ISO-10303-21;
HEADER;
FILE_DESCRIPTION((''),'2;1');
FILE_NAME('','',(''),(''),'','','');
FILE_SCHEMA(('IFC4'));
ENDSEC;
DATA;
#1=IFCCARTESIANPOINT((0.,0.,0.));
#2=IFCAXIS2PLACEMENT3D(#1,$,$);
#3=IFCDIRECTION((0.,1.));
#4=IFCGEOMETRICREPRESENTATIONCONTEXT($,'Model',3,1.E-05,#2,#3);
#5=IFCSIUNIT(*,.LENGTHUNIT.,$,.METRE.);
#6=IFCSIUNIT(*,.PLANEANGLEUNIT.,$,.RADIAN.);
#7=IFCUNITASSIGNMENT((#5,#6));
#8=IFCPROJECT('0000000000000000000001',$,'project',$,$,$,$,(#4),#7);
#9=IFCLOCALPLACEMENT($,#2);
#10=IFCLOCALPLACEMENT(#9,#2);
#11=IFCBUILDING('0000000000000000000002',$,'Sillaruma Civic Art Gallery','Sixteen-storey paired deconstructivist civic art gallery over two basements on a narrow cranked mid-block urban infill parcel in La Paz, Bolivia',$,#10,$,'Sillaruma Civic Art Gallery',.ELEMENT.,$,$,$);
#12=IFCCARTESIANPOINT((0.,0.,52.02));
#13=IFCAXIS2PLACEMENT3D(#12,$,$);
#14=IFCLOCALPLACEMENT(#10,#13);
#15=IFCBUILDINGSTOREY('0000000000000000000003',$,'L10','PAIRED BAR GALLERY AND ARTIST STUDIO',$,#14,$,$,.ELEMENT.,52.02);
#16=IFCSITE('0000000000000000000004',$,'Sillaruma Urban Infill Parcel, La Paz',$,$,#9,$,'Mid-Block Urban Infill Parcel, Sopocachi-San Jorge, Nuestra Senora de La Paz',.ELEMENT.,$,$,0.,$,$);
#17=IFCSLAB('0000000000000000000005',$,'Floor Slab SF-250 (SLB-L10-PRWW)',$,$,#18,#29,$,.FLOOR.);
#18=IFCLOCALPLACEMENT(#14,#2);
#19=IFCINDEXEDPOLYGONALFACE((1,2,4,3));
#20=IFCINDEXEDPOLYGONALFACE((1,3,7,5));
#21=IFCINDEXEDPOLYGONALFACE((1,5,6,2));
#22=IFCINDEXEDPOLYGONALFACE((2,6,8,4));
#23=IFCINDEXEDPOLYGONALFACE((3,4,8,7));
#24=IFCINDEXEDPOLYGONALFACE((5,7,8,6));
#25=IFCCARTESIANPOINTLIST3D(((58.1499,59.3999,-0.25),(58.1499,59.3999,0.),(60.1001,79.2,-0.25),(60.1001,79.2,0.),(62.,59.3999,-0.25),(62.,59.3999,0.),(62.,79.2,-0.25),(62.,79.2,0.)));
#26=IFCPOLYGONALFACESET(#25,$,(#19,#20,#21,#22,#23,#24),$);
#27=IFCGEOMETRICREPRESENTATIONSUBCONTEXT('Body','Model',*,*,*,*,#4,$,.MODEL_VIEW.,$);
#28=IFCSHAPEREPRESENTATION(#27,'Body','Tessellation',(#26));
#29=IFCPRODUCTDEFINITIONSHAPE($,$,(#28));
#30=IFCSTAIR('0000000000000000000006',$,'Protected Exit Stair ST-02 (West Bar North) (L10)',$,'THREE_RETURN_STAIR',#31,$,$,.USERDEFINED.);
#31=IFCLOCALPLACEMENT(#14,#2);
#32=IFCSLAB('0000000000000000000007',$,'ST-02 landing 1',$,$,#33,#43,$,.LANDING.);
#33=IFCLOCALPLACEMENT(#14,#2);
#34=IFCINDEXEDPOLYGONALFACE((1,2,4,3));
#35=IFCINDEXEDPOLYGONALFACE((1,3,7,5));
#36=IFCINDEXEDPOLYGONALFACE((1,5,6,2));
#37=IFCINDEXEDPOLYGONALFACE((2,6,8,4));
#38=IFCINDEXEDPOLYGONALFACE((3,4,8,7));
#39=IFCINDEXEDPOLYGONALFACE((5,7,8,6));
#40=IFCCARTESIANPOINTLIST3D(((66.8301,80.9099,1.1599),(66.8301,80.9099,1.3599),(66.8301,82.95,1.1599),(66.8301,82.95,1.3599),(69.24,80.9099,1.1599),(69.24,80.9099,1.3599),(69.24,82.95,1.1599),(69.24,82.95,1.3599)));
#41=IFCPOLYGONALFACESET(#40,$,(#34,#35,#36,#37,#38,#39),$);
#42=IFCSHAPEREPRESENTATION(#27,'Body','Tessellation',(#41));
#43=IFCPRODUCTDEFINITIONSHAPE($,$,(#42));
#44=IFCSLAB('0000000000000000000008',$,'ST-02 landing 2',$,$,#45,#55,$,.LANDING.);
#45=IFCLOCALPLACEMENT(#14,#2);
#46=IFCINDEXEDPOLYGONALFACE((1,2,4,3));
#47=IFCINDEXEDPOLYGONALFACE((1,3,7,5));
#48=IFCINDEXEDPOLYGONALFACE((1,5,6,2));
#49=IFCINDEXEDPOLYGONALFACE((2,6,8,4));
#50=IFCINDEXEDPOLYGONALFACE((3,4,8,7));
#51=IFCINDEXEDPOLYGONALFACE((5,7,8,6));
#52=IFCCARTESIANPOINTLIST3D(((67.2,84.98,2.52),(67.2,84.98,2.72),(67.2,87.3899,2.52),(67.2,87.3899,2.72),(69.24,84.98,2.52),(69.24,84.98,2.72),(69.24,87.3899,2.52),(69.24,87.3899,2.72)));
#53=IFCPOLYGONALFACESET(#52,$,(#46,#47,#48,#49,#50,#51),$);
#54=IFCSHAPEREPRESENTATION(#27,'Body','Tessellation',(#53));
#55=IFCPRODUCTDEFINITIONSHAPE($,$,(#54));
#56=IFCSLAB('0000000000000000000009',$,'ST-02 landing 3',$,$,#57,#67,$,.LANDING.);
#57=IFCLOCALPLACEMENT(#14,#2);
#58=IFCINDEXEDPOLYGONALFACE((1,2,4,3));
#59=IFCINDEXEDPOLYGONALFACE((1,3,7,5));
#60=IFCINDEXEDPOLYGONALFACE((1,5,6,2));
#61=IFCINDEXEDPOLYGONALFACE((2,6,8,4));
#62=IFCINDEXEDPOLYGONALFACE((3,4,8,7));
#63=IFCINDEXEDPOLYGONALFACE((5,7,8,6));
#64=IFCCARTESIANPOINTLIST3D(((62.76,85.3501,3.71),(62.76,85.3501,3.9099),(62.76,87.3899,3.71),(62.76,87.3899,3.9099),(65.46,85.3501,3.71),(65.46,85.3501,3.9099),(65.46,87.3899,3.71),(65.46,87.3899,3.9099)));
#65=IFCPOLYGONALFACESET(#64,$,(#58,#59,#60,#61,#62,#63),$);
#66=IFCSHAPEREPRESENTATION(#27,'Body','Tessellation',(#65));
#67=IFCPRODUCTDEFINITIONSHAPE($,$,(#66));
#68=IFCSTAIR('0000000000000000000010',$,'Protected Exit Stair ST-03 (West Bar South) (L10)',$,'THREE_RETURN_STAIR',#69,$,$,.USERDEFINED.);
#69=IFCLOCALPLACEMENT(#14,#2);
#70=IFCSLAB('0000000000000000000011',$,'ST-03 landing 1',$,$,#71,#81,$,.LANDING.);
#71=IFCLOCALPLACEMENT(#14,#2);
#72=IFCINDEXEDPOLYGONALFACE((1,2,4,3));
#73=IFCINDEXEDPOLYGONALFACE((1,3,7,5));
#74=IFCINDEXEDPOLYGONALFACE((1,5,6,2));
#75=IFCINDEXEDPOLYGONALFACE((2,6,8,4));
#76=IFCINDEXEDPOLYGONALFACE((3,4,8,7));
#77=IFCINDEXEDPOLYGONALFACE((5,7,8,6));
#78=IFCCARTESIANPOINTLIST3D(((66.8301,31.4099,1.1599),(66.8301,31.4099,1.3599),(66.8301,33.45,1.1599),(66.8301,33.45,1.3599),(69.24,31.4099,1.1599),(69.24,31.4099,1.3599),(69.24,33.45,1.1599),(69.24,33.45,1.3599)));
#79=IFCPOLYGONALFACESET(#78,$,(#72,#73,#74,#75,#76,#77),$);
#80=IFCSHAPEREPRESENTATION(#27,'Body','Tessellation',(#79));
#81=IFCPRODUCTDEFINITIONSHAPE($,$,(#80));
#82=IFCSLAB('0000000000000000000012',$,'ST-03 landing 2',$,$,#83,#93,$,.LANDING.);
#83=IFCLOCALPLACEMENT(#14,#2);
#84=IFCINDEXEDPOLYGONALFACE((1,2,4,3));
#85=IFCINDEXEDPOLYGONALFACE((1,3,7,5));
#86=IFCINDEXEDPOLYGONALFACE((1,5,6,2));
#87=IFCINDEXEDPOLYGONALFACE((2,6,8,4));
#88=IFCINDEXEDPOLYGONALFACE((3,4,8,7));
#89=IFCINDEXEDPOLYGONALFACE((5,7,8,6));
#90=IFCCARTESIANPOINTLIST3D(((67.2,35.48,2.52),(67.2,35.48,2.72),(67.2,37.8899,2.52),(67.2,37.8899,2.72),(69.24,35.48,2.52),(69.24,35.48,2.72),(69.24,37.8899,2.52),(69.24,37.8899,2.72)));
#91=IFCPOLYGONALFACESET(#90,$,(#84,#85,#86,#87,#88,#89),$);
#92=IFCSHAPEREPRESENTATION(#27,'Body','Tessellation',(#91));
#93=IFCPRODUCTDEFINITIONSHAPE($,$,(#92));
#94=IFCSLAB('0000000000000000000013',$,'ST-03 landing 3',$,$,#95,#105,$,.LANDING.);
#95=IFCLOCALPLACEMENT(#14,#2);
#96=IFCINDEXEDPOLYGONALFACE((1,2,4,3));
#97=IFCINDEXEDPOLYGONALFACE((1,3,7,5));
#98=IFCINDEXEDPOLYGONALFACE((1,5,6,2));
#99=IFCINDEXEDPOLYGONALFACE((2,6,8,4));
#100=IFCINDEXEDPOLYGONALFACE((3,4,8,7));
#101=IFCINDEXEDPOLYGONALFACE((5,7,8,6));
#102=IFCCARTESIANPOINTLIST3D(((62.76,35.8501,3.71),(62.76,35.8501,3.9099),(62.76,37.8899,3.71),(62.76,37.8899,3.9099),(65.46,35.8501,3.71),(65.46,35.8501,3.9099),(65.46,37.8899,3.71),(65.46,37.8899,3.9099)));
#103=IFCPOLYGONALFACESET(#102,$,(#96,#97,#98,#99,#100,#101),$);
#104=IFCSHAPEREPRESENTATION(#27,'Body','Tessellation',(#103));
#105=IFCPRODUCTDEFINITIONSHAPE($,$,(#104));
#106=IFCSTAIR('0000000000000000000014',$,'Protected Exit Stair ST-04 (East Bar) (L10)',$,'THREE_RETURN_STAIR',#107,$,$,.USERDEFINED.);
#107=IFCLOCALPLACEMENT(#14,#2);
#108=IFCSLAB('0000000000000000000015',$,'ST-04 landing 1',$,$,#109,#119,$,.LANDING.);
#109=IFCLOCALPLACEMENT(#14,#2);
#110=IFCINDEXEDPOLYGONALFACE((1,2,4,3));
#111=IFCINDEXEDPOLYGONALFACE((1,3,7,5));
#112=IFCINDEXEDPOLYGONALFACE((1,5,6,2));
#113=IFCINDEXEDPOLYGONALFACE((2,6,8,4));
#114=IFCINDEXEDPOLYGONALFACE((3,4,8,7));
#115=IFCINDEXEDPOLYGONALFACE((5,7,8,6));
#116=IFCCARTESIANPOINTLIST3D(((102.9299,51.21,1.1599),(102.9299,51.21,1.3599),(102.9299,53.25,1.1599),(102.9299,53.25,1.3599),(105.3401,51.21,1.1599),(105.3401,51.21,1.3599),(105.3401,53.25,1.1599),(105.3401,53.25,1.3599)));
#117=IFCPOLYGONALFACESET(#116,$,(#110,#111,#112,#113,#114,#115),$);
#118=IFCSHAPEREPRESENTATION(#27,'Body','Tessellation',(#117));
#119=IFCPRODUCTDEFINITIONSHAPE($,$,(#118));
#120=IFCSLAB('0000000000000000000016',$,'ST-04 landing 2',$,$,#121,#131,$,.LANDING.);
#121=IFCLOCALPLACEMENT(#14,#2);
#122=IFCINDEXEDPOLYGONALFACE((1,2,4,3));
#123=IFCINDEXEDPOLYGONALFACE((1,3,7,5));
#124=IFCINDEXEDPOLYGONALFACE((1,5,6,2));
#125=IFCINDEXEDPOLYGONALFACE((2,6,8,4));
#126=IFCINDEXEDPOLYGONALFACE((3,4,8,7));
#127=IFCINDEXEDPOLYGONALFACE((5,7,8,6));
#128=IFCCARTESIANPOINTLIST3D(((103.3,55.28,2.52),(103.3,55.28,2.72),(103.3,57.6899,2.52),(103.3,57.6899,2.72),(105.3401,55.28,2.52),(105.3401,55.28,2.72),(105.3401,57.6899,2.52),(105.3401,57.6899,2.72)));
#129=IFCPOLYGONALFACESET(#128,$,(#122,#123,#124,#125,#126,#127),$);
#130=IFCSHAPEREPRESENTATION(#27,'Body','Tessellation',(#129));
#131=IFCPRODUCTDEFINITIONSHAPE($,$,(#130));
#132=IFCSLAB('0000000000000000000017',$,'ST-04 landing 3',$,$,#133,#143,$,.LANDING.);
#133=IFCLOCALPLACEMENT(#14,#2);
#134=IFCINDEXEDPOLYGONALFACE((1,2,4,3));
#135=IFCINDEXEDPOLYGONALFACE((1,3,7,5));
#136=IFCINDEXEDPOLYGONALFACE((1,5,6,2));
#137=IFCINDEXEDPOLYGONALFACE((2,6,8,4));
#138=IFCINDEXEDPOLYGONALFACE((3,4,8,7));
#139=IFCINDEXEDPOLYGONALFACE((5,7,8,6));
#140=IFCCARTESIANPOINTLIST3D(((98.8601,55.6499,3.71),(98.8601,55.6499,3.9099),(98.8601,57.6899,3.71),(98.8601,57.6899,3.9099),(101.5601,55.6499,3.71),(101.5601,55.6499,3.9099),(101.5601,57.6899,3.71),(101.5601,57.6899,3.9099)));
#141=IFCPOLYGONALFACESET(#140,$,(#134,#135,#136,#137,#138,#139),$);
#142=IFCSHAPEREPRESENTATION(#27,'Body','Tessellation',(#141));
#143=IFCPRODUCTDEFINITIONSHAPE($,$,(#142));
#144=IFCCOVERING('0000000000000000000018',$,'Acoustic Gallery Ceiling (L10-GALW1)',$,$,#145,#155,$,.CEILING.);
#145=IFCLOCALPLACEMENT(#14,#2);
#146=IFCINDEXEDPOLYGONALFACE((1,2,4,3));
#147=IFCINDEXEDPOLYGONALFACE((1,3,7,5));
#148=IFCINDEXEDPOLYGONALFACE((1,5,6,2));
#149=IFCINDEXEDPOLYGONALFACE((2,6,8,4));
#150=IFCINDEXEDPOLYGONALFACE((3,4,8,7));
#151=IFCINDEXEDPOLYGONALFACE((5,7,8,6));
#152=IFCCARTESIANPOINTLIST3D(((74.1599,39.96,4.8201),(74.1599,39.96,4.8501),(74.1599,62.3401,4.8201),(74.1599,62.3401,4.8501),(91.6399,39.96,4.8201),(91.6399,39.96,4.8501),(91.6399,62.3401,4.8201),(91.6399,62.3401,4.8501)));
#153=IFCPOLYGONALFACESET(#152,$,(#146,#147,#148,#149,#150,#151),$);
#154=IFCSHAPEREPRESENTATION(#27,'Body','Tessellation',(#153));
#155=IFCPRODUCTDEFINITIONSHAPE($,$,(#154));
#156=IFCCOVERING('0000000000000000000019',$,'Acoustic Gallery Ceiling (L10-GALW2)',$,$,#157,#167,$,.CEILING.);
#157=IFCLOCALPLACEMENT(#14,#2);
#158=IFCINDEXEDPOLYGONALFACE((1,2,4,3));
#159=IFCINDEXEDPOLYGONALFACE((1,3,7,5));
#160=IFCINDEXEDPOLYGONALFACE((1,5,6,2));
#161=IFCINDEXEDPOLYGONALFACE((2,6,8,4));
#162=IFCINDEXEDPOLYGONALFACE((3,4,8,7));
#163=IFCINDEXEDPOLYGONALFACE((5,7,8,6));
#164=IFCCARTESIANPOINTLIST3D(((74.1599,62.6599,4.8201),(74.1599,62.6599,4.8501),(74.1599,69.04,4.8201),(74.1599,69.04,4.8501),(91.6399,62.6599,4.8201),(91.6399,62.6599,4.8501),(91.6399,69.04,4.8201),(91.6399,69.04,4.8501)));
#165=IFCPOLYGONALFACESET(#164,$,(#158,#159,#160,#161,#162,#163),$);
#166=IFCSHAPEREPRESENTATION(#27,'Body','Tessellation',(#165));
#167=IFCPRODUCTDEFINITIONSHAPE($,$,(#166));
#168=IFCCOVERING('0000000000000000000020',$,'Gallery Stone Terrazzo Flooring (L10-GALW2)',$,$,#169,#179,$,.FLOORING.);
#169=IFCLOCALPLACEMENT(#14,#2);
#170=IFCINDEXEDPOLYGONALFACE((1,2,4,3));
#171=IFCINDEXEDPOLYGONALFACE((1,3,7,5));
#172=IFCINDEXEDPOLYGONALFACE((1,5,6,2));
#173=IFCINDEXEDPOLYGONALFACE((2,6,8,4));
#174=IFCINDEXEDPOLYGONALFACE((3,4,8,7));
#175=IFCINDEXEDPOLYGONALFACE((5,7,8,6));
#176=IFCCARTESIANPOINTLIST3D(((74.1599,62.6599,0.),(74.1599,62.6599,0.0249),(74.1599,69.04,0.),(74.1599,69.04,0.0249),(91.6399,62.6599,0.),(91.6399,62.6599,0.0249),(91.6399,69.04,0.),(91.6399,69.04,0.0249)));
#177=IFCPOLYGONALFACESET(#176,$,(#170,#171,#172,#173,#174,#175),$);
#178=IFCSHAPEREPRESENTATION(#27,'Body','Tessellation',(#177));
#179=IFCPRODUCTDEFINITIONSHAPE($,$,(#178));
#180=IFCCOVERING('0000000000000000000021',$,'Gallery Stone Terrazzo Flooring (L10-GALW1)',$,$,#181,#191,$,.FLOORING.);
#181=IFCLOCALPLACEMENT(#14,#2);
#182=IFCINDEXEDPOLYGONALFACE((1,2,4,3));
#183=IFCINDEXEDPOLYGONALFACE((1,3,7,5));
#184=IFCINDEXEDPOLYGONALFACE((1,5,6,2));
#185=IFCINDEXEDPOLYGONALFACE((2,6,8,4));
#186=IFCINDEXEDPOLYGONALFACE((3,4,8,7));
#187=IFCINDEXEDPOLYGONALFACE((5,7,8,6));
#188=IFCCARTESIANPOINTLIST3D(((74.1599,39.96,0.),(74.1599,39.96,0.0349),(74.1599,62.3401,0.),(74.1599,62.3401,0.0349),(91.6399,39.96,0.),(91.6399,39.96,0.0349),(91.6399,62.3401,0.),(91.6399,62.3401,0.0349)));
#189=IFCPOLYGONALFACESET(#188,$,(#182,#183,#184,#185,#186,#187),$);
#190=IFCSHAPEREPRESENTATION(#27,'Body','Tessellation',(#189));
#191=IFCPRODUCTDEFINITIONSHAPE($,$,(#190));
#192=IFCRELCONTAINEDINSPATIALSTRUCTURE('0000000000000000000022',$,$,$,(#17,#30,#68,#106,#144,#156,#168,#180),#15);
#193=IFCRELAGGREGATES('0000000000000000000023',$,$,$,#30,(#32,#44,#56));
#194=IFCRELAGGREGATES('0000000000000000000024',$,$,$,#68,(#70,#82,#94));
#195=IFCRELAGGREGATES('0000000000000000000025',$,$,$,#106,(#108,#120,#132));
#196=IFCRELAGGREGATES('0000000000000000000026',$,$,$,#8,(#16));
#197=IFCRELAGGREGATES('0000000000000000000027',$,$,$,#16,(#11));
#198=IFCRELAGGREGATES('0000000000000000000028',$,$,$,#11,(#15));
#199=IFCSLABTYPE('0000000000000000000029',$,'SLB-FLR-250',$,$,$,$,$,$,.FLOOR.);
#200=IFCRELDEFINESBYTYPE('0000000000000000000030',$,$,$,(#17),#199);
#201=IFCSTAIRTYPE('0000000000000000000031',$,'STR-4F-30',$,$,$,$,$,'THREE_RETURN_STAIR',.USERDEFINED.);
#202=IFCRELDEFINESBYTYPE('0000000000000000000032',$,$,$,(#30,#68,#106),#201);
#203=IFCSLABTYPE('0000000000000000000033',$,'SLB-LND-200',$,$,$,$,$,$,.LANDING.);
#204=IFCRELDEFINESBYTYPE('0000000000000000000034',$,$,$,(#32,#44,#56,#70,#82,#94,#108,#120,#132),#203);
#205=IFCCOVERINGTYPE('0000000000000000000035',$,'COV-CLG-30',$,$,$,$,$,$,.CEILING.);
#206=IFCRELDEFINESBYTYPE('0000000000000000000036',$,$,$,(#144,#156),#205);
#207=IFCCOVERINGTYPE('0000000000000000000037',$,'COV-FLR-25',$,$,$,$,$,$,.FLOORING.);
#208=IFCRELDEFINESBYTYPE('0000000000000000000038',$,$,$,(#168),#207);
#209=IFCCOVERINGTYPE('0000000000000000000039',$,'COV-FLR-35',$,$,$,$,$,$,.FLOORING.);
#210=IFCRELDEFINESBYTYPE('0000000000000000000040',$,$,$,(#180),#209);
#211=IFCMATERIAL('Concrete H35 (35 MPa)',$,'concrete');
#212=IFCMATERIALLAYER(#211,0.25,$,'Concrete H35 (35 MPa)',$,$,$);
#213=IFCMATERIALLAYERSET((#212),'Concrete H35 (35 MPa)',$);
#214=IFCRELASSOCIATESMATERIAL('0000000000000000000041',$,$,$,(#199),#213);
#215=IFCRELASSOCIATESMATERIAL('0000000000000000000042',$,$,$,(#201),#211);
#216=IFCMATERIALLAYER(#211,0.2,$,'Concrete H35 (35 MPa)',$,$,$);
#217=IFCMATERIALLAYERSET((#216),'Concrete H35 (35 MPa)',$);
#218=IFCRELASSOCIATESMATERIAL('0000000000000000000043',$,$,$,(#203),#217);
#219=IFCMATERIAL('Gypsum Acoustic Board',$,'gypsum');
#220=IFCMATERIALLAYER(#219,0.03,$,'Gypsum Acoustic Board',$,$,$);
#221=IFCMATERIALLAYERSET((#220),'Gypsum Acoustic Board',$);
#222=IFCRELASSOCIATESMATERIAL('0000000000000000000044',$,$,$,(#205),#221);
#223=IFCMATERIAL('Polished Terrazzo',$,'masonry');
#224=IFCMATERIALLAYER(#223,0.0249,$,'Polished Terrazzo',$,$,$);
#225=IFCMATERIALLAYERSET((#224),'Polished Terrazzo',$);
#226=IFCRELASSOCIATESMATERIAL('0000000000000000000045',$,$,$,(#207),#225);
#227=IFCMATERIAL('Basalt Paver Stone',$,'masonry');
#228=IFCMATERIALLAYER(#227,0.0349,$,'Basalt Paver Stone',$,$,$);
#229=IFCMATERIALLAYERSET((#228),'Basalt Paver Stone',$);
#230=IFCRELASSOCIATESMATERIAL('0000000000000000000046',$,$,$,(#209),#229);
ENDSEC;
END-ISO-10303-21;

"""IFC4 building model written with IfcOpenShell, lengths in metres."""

from ifc_helpers import new_model, si_unit, direction, frame, origin, place, context, subcontext, project, spatial, polyline, outline, extrude, material, layer, layer_set, type_object, element, aggregate, save


model = new_model("IFC4")

# Units and contexts
model_context = context("Model", 3, precision=1e-05, world=origin(), true_north=direction((0.0, 1.0)))
body_context = subcontext(model_context, "Body", "Model", "MODEL_VIEW")
ifc_project = project(units=[si_unit("LENGTHUNIT", "METRE"), si_unit("PLANEANGLEUNIT", "RADIAN")], contexts=[model_context])

# Site, building, storey
site_placement = place(None, origin())
site = spatial("IfcSite", under=ifc_project, at=site_placement, Name="Sillaruma Urban Infill Parcel, La Paz", LongName="Mid-Block Urban Infill Parcel, Sopocachi-San Jorge, Nuestra Senora de La Paz", CompositionType="ELEMENT", RefElevation=0.0)
building_placement = place(site_placement, origin())
building = spatial("IfcBuilding", under=site, at=building_placement, Name="Sillaruma Civic Art Gallery", Description="Sixteen-storey paired deconstructivist civic art gallery over two basements on a narrow cranked mid-block urban infill parcel in La Paz, Bolivia", LongName="Sillaruma Civic Art Gallery", CompositionType="ELEMENT")
storey_placement = place(building_placement, frame((0.0, 0.0, 52.02)))
storey = spatial("IfcBuildingStorey", under=building, at=storey_placement, Name="L10", Description="PAIRED BAR GALLERY AND ARTIST STUDIO", CompositionType="ELEMENT", Elevation=52.02)

# Slab
ifc_material_1 = material(Name="Concrete H35 (35 MPa)", Category="concrete")
ifc_layer_1 = layer(ifc_material_1, 0.25, Name="Concrete H35 (35 MPa)")
ifc_layer_set_1 = layer_set([ifc_layer_1], Name="Concrete H35 (35 MPa)")
slab_type_1 = type_object("IfcSlabType", Name="SLB-FLR-250", PredefinedType="FLOOR", material=ifc_layer_set_1)
slab_1_placement = place(storey_placement, frame((0.0, 0.0, -0.25)))
element("IfcSlab", 1, at=slab_1_placement, inside=storey, type_object=slab_type_1, Name="Floor Slab SF-250 (SLB-L10-PRWW)", PredefinedType="FLOOR", context=body_context, shape_type="SweptSolid", body=[
    extrude(outline(polyline([(62.0, 59.3999), (62.0, 79.2), (60.1001, 79.2), (58.1499, 59.3999), (62.0, 59.3999)])), origin(), (0.0, 0.0, 1.0), 0.25),
])

# Stairs, slabs
stair_type = type_object("IfcStairType", Name="STR-4F-30", ElementType="THREE_RETURN_STAIR", PredefinedType="USERDEFINED", material=ifc_material_1)
stair_1_placement = place(storey_placement, origin())
stair_1 = element("IfcStair", 2, at=stair_1_placement, inside=storey, type_object=stair_type, Name="Protected Exit Stair ST-02 (West Bar North) (L10)", ObjectType="THREE_RETURN_STAIR", PredefinedType="USERDEFINED")
ifc_layer_2 = layer(ifc_material_1, 0.2, Name="Concrete H35 (35 MPa)")
ifc_layer_set_2 = layer_set([ifc_layer_2], Name="Concrete H35 (35 MPa)")
slab_type_2 = type_object("IfcSlabType", Name="SLB-LND-200", PredefinedType="LANDING", material=ifc_layer_set_2)
slab_2_placement = place(storey_placement, frame((0.0, 0.0, 1.1599)))
slab_2 = element("IfcSlab", 3, at=slab_2_placement, type_object=slab_type_2, Name="ST-02 landing 1", PredefinedType="LANDING", context=body_context, shape_type="SweptSolid", body=[
    extrude(outline(polyline([(66.8301, 80.9099), (69.24, 80.9099), (69.24, 82.95), (66.8301, 82.95), (66.8301, 80.9099)])), origin(), (0.0, 0.0, 1.0), 0.2),
])
slab_3_placement = place(storey_placement, frame((0.0, 0.0, 2.52)))
slab_3 = element("IfcSlab", 4, at=slab_3_placement, type_object=slab_type_2, Name="ST-02 landing 2", PredefinedType="LANDING", context=body_context, shape_type="SweptSolid", body=[
    extrude(outline(polyline([(67.2, 84.98), (69.24, 84.98), (69.24, 87.3899), (67.2, 87.3899), (67.2, 84.98)])), origin(), (0.0, 0.0, 1.0), 0.2),
])
slab_4_placement = place(storey_placement, frame((0.0, 0.0, 3.71)))
slab_4 = element("IfcSlab", 5, at=slab_4_placement, type_object=slab_type_2, Name="ST-02 landing 3", PredefinedType="LANDING", context=body_context, shape_type="SweptSolid", body=[
    extrude(outline(polyline([(62.76, 85.3501), (65.46, 85.3501), (65.46, 87.3899), (62.76, 87.3899), (62.76, 85.3501)])), origin(), (0.0, 0.0, 1.0), 0.2),
])
aggregate(stair_1, [slab_2, slab_3, slab_4])
stair_2_placement = place(storey_placement, origin())
stair_2 = element("IfcStair", 6, at=stair_2_placement, inside=storey, type_object=stair_type, Name="Protected Exit Stair ST-03 (West Bar South) (L10)", ObjectType="THREE_RETURN_STAIR", PredefinedType="USERDEFINED")
slab_5_placement = place(storey_placement, frame((0.0, 0.0, 1.1599)))
slab_5 = element("IfcSlab", 7, at=slab_5_placement, type_object=slab_type_2, Name="ST-03 landing 1", PredefinedType="LANDING", context=body_context, shape_type="SweptSolid", body=[
    extrude(outline(polyline([(66.8301, 31.4099), (69.24, 31.4099), (69.24, 33.45), (66.8301, 33.45), (66.8301, 31.4099)])), origin(), (0.0, 0.0, 1.0), 0.2),
])
slab_6_placement = place(storey_placement, frame((0.0, 0.0, 2.52)))
slab_6 = element("IfcSlab", 8, at=slab_6_placement, type_object=slab_type_2, Name="ST-03 landing 2", PredefinedType="LANDING", context=body_context, shape_type="SweptSolid", body=[
    extrude(outline(polyline([(67.2, 35.48), (69.24, 35.48), (69.24, 37.8899), (67.2, 37.8899), (67.2, 35.48)])), origin(), (0.0, 0.0, 1.0), 0.2),
])
slab_7_placement = place(storey_placement, frame((0.0, 0.0, 3.71)))
slab_7 = element("IfcSlab", 9, at=slab_7_placement, type_object=slab_type_2, Name="ST-03 landing 3", PredefinedType="LANDING", context=body_context, shape_type="SweptSolid", body=[
    extrude(outline(polyline([(62.76, 35.8501), (65.46, 35.8501), (65.46, 37.8899), (62.76, 37.8899), (62.76, 35.8501)])), origin(), (0.0, 0.0, 1.0), 0.2),
])
aggregate(stair_2, [slab_5, slab_6, slab_7])
stair_3_placement = place(storey_placement, origin())
stair_3 = element("IfcStair", 10, at=stair_3_placement, inside=storey, type_object=stair_type, Name="Protected Exit Stair ST-04 (East Bar) (L10)", ObjectType="THREE_RETURN_STAIR", PredefinedType="USERDEFINED")
slab_8_placement = place(storey_placement, frame((0.0, 0.0, 1.1599)))
slab_8 = element("IfcSlab", 11, at=slab_8_placement, type_object=slab_type_2, Name="ST-04 landing 1", PredefinedType="LANDING", context=body_context, shape_type="SweptSolid", body=[
    extrude(outline(polyline([(102.9299, 51.21), (105.3401, 51.21), (105.3401, 53.25), (102.9299, 53.25), (102.9299, 51.21)])), origin(), (0.0, 0.0, 1.0), 0.2),
])
slab_9_placement = place(storey_placement, frame((0.0, 0.0, 2.52)))
slab_9 = element("IfcSlab", 12, at=slab_9_placement, type_object=slab_type_2, Name="ST-04 landing 2", PredefinedType="LANDING", context=body_context, shape_type="SweptSolid", body=[
    extrude(outline(polyline([(103.3, 55.28), (105.3401, 55.28), (105.3401, 57.6899), (103.3, 57.6899), (103.3, 55.28)])), origin(), (0.0, 0.0, 1.0), 0.2),
])
slab_10_placement = place(storey_placement, frame((0.0, 0.0, 3.71)))
slab_10 = element("IfcSlab", 13, at=slab_10_placement, type_object=slab_type_2, Name="ST-04 landing 3", PredefinedType="LANDING", context=body_context, shape_type="SweptSolid", body=[
    extrude(outline(polyline([(98.8601, 55.6499), (101.5601, 55.6499), (101.5601, 57.6899), (98.8601, 57.6899), (98.8601, 55.6499)])), origin(), (0.0, 0.0, 1.0), 0.2),
])
aggregate(stair_3, [slab_8, slab_9, slab_10])

# Coverings
ifc_material_2 = material(Name="Gypsum Acoustic Board", Category="gypsum")
ifc_layer_3 = layer(ifc_material_2, 0.03, Name="Gypsum Acoustic Board")
ifc_layer_set_3 = layer_set([ifc_layer_3], Name="Gypsum Acoustic Board")
covering_type_1 = type_object("IfcCoveringType", Name="COV-CLG-30", PredefinedType="CEILING", material=ifc_layer_set_3)
covering_1_placement = place(storey_placement, frame((0.0, 0.0, 4.8201)))
element("IfcCovering", 14, at=covering_1_placement, inside=storey, type_object=covering_type_1, Name="Acoustic Gallery Ceiling (L10-GALW1)", PredefinedType="CEILING", context=body_context, shape_type="SweptSolid", body=[
    extrude(outline(polyline([(74.1599, 39.96), (91.6399, 39.96), (91.6399, 62.3401), (74.1599, 62.3401), (74.1599, 39.96)])), origin(), (0.0, 0.0, 1.0), 0.03),
])
covering_2_placement = place(storey_placement, frame((0.0, 0.0, 4.8201)))
element("IfcCovering", 15, at=covering_2_placement, inside=storey, type_object=covering_type_1, Name="Acoustic Gallery Ceiling (L10-GALW2)", PredefinedType="CEILING", context=body_context, shape_type="SweptSolid", body=[
    extrude(outline(polyline([(74.1599, 62.6599), (91.6399, 62.6599), (91.6399, 69.04), (74.1599, 69.04), (74.1599, 62.6599)])), origin(), (0.0, 0.0, 1.0), 0.03),
])
ifc_material_3 = material(Name="Polished Terrazzo", Category="masonry")
ifc_layer_4 = layer(ifc_material_3, 0.0249, Name="Polished Terrazzo")
ifc_layer_set_4 = layer_set([ifc_layer_4], Name="Polished Terrazzo")
covering_type_2 = type_object("IfcCoveringType", Name="COV-FLR-25", PredefinedType="FLOORING", material=ifc_layer_set_4)
covering_3_placement = place(storey_placement, origin())
element("IfcCovering", 16, at=covering_3_placement, inside=storey, type_object=covering_type_2, Name="Gallery Stone Terrazzo Flooring (L10-GALW2)", PredefinedType="FLOORING", context=body_context, shape_type="SweptSolid", body=[
    extrude(outline(polyline([(74.1599, 62.6599), (91.6399, 62.6599), (91.6399, 69.04), (74.1599, 69.04), (74.1599, 62.6599)])), origin(), (0.0, 0.0, 1.0), 0.0249),
])
ifc_material_4 = material(Name="Basalt Paver Stone", Category="masonry")
ifc_layer_5 = layer(ifc_material_4, 0.0349, Name="Basalt Paver Stone")
ifc_layer_set_5 = layer_set([ifc_layer_5], Name="Basalt Paver Stone")
covering_type_3 = type_object("IfcCoveringType", Name="COV-FLR-35", PredefinedType="FLOORING", material=ifc_layer_set_5)
covering_4_placement = place(storey_placement, origin())
element("IfcCovering", 17, at=covering_4_placement, inside=storey, type_object=covering_type_3, Name="Gallery Stone Terrazzo Flooring (L10-GALW1)", PredefinedType="FLOORING", context=body_context, shape_type="SweptSolid", body=[
    extrude(outline(polyline([(74.1599, 39.96), (91.6399, 39.96), (91.6399, 62.3401), (74.1599, 62.3401), (74.1599, 39.96)])), origin(), (0.0, 0.0, 1.0), 0.0349),
])

save(model, "model.ifc")
